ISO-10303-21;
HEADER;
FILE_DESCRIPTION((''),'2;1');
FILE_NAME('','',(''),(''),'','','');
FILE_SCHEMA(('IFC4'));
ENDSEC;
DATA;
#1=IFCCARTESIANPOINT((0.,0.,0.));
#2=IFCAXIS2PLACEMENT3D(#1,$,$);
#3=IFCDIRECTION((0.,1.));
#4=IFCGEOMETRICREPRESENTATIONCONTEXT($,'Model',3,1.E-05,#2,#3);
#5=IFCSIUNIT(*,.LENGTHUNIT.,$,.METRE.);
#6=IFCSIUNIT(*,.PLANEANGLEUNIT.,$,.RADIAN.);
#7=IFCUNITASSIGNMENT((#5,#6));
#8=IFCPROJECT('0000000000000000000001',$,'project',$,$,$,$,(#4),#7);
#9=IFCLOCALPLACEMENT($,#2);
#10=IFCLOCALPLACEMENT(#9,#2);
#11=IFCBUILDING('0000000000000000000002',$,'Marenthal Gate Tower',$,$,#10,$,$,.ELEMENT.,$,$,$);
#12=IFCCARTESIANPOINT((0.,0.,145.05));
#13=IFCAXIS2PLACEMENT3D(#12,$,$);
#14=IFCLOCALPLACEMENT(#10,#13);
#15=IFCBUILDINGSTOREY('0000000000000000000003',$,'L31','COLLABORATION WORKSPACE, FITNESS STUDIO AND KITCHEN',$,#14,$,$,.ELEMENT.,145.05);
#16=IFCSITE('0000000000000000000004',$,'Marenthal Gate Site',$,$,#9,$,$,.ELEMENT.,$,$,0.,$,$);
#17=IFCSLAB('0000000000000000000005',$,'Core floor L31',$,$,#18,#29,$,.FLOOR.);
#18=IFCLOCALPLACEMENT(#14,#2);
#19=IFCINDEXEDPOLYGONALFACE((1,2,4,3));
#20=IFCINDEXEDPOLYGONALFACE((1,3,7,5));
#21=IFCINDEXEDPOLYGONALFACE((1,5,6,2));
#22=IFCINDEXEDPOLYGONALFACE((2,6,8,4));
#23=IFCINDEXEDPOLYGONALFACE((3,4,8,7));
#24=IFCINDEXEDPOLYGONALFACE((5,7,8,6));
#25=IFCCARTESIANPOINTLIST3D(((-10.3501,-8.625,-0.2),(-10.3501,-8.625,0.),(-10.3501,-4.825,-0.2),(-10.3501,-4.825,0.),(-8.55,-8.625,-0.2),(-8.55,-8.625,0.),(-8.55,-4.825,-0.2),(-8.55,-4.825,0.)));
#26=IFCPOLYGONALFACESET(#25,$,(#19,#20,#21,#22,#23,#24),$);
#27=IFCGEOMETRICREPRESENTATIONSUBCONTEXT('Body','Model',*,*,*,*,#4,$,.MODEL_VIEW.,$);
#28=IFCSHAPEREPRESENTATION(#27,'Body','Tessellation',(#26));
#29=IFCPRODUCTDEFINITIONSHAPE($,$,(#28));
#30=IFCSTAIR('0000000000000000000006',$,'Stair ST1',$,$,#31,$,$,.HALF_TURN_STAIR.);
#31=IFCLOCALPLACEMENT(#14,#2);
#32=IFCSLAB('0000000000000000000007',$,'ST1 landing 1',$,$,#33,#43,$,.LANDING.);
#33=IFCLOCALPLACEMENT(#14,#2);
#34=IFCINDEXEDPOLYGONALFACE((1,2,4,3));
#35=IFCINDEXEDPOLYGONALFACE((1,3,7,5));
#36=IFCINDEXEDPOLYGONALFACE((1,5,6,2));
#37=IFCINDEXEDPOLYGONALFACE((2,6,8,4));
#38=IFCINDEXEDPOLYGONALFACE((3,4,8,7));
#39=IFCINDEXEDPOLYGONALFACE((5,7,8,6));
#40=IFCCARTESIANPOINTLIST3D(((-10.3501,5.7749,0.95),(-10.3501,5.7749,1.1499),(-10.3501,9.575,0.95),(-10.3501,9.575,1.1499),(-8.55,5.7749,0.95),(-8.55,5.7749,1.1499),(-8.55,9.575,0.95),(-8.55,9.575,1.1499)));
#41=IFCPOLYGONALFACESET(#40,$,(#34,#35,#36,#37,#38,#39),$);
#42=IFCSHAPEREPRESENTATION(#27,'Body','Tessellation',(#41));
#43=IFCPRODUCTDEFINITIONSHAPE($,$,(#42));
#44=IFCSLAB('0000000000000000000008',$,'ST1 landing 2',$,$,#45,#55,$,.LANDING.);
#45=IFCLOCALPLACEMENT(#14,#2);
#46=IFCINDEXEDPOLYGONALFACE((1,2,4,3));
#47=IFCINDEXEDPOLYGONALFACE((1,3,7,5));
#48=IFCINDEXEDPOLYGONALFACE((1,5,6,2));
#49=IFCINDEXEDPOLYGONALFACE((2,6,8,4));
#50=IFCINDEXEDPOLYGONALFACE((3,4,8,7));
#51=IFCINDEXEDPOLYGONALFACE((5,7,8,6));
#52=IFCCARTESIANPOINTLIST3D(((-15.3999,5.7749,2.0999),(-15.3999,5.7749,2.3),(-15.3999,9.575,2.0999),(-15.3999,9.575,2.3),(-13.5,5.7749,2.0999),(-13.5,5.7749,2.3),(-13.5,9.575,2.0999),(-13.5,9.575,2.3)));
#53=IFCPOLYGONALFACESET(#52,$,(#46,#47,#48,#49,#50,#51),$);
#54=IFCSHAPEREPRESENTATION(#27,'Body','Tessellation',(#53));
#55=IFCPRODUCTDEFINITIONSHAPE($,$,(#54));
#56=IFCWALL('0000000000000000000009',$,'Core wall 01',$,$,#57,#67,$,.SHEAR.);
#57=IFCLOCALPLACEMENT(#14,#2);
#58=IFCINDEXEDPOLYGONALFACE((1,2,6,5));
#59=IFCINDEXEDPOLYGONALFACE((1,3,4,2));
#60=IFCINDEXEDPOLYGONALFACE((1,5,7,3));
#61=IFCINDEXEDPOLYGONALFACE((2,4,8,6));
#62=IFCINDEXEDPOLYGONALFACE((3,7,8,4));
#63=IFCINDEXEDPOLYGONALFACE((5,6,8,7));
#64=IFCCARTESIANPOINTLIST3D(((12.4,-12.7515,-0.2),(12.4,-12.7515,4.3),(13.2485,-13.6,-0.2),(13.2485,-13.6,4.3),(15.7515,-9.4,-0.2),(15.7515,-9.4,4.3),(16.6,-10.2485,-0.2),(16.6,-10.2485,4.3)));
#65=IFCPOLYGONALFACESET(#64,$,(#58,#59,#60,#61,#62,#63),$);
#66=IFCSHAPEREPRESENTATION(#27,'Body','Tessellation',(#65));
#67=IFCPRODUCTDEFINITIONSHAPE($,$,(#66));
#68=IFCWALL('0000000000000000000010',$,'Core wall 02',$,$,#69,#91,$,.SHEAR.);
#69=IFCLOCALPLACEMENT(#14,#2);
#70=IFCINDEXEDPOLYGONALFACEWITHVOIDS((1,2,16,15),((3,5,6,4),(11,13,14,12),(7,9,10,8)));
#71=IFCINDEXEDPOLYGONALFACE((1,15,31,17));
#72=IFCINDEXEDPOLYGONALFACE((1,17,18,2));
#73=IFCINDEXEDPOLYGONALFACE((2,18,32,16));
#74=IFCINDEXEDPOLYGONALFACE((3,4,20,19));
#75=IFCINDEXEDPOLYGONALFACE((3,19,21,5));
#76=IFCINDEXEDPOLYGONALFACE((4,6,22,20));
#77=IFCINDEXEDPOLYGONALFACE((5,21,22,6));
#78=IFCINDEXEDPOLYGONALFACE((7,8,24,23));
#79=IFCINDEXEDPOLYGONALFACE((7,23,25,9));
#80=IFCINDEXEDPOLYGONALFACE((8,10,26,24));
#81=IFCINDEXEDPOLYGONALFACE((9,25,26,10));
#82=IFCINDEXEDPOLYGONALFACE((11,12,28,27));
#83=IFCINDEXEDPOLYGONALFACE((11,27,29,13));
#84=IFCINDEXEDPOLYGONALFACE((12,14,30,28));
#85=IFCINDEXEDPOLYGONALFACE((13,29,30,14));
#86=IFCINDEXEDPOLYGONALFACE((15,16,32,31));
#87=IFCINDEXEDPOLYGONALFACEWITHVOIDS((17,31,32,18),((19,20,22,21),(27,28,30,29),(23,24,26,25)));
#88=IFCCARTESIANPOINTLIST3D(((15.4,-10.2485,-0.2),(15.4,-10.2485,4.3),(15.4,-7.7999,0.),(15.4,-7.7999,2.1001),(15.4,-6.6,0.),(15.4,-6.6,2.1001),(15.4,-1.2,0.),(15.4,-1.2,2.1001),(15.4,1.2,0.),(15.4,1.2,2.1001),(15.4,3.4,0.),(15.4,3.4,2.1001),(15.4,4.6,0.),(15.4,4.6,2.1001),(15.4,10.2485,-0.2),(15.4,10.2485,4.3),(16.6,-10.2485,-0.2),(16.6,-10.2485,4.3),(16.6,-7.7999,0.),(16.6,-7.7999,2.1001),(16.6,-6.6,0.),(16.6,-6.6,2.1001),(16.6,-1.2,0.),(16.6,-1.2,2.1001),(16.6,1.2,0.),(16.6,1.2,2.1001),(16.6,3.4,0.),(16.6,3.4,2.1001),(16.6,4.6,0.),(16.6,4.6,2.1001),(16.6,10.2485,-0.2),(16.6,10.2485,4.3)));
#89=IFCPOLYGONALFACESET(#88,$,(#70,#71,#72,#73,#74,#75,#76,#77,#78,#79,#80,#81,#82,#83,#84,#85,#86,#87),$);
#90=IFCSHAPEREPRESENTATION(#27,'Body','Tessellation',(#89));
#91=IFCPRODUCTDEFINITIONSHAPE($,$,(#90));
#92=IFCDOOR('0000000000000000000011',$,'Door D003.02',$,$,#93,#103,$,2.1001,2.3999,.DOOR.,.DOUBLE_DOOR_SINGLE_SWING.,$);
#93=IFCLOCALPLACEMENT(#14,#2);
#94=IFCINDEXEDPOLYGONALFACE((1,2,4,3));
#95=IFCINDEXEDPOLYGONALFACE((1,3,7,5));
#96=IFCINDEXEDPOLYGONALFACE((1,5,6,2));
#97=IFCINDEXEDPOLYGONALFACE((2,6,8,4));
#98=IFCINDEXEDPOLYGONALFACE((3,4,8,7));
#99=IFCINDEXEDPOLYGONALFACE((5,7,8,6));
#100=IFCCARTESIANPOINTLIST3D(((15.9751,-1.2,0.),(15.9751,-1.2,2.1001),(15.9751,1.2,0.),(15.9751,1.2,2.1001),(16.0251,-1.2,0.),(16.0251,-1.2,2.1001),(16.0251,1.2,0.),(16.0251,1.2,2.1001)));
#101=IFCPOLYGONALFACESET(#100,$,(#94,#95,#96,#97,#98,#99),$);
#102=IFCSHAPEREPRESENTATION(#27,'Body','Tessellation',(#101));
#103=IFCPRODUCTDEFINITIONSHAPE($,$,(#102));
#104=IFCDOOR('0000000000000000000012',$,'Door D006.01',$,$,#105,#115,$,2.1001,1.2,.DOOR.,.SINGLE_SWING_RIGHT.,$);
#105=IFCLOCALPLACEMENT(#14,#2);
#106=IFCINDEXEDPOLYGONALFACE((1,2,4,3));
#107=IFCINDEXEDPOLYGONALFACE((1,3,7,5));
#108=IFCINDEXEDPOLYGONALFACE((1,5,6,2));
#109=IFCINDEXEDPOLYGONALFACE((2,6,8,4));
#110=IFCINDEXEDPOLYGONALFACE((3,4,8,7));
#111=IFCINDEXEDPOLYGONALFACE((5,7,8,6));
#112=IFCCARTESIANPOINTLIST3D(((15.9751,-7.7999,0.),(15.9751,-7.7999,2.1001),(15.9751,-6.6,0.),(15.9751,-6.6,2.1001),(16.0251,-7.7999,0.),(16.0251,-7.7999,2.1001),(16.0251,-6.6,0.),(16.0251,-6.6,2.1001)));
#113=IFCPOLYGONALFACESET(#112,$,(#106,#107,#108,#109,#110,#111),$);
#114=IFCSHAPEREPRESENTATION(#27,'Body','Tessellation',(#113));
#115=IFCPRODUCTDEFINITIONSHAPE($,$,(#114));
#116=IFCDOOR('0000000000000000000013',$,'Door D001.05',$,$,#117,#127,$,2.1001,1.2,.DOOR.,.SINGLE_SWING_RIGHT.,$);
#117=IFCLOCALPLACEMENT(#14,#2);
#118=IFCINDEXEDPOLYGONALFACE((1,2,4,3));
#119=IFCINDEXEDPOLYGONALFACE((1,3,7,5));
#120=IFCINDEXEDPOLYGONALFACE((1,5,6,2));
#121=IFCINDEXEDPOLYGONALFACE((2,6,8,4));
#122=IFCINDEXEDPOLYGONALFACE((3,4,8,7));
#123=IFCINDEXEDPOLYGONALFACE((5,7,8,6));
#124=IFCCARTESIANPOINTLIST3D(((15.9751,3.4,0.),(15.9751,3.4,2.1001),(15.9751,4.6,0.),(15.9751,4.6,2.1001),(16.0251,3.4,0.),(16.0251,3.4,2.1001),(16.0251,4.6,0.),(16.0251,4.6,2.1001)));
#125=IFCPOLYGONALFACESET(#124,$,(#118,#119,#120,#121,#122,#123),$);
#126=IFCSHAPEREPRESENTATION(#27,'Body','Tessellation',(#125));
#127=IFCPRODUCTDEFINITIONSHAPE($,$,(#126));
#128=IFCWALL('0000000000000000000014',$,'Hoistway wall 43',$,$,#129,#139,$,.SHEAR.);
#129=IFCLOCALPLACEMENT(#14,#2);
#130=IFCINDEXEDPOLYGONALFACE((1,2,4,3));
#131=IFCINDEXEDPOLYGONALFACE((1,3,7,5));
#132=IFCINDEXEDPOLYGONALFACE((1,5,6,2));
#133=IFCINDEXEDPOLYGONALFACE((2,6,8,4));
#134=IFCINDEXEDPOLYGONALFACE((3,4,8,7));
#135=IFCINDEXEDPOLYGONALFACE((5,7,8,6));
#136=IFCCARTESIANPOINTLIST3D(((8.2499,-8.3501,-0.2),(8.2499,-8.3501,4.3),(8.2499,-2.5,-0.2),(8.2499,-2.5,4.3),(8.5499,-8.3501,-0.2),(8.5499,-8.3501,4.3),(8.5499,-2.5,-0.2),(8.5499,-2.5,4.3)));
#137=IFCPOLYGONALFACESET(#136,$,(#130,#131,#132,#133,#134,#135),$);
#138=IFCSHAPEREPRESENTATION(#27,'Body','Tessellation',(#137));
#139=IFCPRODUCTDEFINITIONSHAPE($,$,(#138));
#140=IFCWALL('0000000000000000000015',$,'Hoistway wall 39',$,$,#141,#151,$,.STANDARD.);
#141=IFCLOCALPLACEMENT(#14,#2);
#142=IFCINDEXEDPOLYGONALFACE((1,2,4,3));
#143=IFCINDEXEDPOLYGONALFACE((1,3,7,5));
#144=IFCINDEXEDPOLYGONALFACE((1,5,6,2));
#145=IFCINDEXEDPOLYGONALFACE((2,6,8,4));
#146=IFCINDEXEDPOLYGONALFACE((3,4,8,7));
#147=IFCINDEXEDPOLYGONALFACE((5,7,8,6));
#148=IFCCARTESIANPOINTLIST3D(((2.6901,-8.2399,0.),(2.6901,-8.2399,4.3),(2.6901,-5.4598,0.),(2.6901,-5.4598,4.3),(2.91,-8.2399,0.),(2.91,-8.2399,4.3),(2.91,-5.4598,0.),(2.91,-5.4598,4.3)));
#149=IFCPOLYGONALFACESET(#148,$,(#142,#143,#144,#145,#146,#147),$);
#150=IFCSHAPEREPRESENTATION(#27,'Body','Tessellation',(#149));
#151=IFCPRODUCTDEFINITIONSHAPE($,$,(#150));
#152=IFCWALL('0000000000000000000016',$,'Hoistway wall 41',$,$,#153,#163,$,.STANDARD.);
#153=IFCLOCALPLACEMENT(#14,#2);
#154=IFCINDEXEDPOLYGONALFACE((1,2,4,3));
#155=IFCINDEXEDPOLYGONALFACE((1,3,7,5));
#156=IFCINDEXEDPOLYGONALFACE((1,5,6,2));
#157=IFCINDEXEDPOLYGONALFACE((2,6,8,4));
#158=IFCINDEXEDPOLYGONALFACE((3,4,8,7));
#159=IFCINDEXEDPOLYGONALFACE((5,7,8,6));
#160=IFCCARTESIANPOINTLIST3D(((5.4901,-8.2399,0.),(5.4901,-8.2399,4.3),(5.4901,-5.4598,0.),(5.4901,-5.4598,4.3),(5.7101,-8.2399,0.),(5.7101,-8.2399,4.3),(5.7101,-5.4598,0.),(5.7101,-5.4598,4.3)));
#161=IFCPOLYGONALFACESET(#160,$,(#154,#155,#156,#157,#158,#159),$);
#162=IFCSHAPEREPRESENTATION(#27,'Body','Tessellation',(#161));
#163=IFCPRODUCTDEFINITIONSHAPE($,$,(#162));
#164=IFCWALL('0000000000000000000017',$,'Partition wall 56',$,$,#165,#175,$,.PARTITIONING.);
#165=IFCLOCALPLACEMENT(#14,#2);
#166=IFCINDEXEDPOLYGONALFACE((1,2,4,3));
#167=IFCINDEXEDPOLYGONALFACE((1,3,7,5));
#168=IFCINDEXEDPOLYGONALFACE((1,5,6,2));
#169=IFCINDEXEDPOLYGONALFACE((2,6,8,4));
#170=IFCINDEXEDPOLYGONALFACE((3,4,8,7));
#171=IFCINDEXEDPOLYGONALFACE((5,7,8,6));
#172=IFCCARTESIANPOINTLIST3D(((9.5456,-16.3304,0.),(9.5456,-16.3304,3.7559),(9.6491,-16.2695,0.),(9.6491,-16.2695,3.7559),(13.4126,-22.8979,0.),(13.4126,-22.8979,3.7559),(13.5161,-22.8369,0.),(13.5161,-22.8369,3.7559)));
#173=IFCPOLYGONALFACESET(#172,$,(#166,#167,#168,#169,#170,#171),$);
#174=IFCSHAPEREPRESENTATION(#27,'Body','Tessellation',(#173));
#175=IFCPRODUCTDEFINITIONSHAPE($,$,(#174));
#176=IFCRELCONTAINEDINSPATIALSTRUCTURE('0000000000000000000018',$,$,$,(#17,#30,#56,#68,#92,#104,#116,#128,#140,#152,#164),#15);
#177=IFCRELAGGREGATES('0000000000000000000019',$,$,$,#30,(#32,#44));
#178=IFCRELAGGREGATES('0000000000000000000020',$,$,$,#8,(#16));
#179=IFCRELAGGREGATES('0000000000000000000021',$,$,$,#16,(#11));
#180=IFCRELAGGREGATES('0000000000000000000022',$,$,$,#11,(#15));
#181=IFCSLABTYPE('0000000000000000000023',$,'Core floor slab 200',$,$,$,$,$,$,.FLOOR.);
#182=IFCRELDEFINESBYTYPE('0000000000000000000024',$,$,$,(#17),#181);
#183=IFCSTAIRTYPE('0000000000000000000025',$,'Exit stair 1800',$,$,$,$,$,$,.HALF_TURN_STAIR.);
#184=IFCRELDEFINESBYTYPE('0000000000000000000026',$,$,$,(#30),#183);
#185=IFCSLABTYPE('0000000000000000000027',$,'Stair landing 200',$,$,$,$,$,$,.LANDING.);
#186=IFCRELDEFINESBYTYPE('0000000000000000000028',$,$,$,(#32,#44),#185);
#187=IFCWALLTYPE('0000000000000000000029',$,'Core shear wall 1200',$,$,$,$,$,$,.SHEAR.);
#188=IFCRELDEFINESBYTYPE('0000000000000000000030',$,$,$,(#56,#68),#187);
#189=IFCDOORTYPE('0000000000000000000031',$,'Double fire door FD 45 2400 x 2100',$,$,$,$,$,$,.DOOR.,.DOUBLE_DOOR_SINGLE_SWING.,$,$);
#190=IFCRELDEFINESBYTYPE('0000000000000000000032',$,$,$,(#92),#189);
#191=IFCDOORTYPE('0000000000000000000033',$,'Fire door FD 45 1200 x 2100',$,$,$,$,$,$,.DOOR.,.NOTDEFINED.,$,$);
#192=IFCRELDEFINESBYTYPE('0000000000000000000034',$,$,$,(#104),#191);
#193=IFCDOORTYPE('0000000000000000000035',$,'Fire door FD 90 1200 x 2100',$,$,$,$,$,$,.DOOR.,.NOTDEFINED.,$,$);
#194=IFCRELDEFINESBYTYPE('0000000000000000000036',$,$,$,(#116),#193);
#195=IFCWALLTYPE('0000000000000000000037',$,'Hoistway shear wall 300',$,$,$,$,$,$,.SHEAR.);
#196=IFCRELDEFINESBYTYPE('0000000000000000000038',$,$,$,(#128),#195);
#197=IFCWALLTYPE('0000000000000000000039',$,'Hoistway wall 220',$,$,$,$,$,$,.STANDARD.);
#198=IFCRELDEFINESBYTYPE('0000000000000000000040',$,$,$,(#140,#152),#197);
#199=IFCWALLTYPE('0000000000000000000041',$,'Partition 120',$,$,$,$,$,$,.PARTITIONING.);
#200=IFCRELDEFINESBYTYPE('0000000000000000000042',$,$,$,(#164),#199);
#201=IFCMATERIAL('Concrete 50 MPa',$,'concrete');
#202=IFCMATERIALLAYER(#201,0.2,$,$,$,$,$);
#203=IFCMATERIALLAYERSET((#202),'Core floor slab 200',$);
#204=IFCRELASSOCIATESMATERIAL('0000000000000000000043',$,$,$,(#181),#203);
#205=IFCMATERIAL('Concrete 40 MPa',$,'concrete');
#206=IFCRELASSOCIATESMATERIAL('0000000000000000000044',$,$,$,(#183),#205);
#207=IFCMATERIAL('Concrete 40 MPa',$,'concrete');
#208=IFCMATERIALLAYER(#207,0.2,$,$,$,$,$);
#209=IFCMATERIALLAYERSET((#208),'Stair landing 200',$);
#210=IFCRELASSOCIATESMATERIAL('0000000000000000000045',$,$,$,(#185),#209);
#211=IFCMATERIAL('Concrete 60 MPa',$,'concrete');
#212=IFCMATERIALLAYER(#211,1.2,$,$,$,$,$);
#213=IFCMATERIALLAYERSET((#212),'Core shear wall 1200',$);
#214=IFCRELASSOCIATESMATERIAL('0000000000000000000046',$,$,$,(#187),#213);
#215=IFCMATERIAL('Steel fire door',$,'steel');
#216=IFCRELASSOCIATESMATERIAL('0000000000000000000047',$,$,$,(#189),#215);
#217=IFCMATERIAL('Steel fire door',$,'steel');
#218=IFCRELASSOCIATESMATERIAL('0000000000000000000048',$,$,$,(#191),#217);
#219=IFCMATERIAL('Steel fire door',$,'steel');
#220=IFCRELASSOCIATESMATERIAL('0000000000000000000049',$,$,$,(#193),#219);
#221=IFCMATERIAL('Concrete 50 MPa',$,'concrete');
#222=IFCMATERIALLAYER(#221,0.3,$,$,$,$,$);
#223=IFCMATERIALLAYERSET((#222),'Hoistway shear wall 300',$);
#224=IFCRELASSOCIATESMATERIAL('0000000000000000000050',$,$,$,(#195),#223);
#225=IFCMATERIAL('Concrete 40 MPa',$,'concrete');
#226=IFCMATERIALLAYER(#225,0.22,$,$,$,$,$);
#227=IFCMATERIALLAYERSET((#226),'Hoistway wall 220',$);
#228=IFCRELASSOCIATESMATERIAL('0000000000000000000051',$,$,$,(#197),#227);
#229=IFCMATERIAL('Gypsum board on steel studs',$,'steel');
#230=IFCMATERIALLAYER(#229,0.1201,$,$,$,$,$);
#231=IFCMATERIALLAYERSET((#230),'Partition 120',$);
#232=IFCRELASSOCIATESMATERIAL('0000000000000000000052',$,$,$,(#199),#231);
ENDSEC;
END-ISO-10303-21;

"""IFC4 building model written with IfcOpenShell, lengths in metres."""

from ifc_helpers import new_model, si_unit, direction, frame, frame_2d, origin, place, context, subcontext, project, spatial, polyline, rectangle, outline, extrude, material, layer, layer_set, type_object, element, fill, aggregate, save


model = new_model("IFC4")

# Units and contexts
model_context = context("Model", 3, precision=1e-05, world=origin(), true_north=direction((0.0, 1.0)))
body_context = subcontext(model_context, "Body", "Model", "MODEL_VIEW")
ifc_project = project(units=[si_unit("LENGTHUNIT", "METRE"), si_unit("PLANEANGLEUNIT", "RADIAN")], contexts=[model_context])

# Site, building, storey
site_placement = place(None, origin())
site = spatial("IfcSite", under=ifc_project, at=site_placement, Name="Marenthal Gate Site", CompositionType="ELEMENT", RefElevation=0.0)
building_placement = place(site_placement, origin())
building = spatial("IfcBuilding", under=site, at=building_placement, Name="Marenthal Gate Tower", CompositionType="ELEMENT")
storey_placement = place(building_placement, frame((0.0, 0.0, 145.05)))
storey = spatial("IfcBuildingStorey", under=building, at=storey_placement, Name="L31", Description="COLLABORATION WORKSPACE, FITNESS STUDIO AND KITCHEN", CompositionType="ELEMENT", Elevation=145.05)

# Slab
ifc_material_1 = material(Name="Concrete 50 MPa", Category="concrete")
ifc_layer_1 = layer(ifc_material_1, 0.2)
ifc_layer_set_1 = layer_set([ifc_layer_1], Name="Core floor slab 200")
slab_type_1 = type_object("IfcSlabType", Name="Core floor slab 200", PredefinedType="FLOOR", material=ifc_layer_set_1)
slab_1_placement = place(storey_placement, frame((0.0, 0.0, -0.2)))
element("IfcSlab", 1, at=slab_1_placement, inside=storey, type_object=slab_type_1, Name="Core floor L31", PredefinedType="FLOOR", context=body_context, shape_type="SweptSolid", body=[
    extrude(outline(polyline([(-8.55, -8.625), (-10.3501, -8.625), (-10.3501, -4.825), (-8.55, -4.825), (-8.55, -8.625)])), origin(), (0.0, 0.0, 1.0), 0.2),
])

# Stair, slabs
ifc_material_2 = material(Name="Concrete 40 MPa", Category="concrete")
stair_type = type_object("IfcStairType", Name="Exit stair 1800", PredefinedType="HALF_TURN_STAIR", material=ifc_material_2)
stair_placement = place(storey_placement, origin())
stair = element("IfcStair", 2, at=stair_placement, inside=storey, type_object=stair_type, Name="Stair ST1", PredefinedType="HALF_TURN_STAIR")
ifc_material_3 = material(Name="Concrete 40 MPa", Category="concrete")
ifc_layer_2 = layer(ifc_material_3, 0.2)
ifc_layer_set_2 = layer_set([ifc_layer_2], Name="Stair landing 200")
slab_type_2 = type_object("IfcSlabType", Name="Stair landing 200", PredefinedType="LANDING", material=ifc_layer_set_2)
slab_2_placement = place(storey_placement, frame((0.0, 0.0, 0.95)))
slab_2 = element("IfcSlab", 3, at=slab_2_placement, type_object=slab_type_2, Name="ST1 landing 1", PredefinedType="LANDING", context=body_context, shape_type="SweptSolid", body=[
    extrude(outline(polyline([(-10.3501, 5.7749), (-8.55, 5.7749), (-8.55, 9.575), (-10.3501, 9.575), (-10.3501, 5.7749)])), origin(), (0.0, 0.0, 1.0), 0.2),
])
slab_3_placement = place(storey_placement, frame((0.0, 0.0, 2.0999)))
slab_3 = element("IfcSlab", 4, at=slab_3_placement, type_object=slab_type_2, Name="ST1 landing 2", PredefinedType="LANDING", context=body_context, shape_type="SweptSolid", body=[
    extrude(outline(polyline([(-15.3999, 5.7749), (-13.5, 5.7749), (-13.5, 9.575), (-15.3999, 9.575), (-15.3999, 5.7749)])), origin(), (0.0, 0.0, 1.0), 0.2002),
])
aggregate(stair, [slab_2, slab_3])

# Wall
ifc_material_4 = material(Name="Concrete 60 MPa", Category="concrete")
ifc_layer_3 = layer(ifc_material_4, 1.2)
ifc_layer_set_3 = layer_set([ifc_layer_3], Name="Core shear wall 1200")
wall_type_1 = type_object("IfcWallType", Name="Core shear wall 1200", PredefinedType="SHEAR", material=ifc_layer_set_3)
wall_1_placement = place(storey_placement, frame((12.8242, -13.1758, -0.2), z_axis=(0.0, 0.0, 1.0), x_axis=(0.707107, 0.707107, 0.0)))
element("IfcWall", 5, at=wall_1_placement, inside=storey, type_object=wall_type_1, Name="Core wall 01", PredefinedType="SHEAR", context=body_context, shape_type="SweptSolid", body=[
    extrude(rectangle(XDim=4.7397, YDim=1.2, at=frame_2d((2.3699, 0.0))), origin(), (0.0, 0.0, 1.0), 4.5),
])

# Wall, openings, doors
wall_2_placement = place(storey_placement, frame((16.0, -10.2485, -0.2), z_axis=(0.0, 0.0, 1.0), x_axis=(0.0, 1.0, 0.0)))
wall_2 = element("IfcWall", 6, at=wall_2_placement, inside=storey, type_object=wall_type_1, Name="Core wall 02", PredefinedType="SHEAR", context=body_context, shape_type="SweptSolid", body=[
    extrude(rectangle(XDim=20.4971, YDim=1.2, at=frame_2d((10.2485, 0.0))), origin(), (0.0, 0.0, 1.0), 4.5),
])
opening_1_placement = place(wall_2_placement, frame((9.0486, 0.0, 0.2)))
opening_1 = element("IfcOpeningElement", 7, at=opening_1_placement, cuts=wall_2, PredefinedType="OPENING", context=body_context, shape_type="SweptSolid", body=[
    extrude(rectangle(XDim=2.3999, YDim=2.1001, at=frame_2d((1.2, 1.05))), frame((0.0, 0.6099, 0.0), z_axis=(0.0, -1.0, 0.0), x_axis=(1.0, 0.0, 0.0)), (0.0, 0.0, 1.0), 1.22),
])
opening_2_placement = place(wall_2_placement, frame((13.6484, 0.0, 0.2)))
opening_2 = element("IfcOpeningElement", 8, at=opening_2_placement, cuts=wall_2, PredefinedType="OPENING", context=body_context, shape_type="SweptSolid", body=[
    extrude(rectangle(XDim=1.2, YDim=2.1001, at=frame_2d((0.6001, 1.05))), frame((0.0, 0.6099, 0.0), z_axis=(0.0, -1.0, 0.0), x_axis=(1.0, 0.0, 0.0)), (0.0, 0.0, 1.0), 1.22),
])
opening_3_placement = place(wall_2_placement, frame((2.4485, 0.0, 0.2)))
opening_3 = element("IfcOpeningElement", 9, at=opening_3_placement, cuts=wall_2, PredefinedType="OPENING", context=body_context, shape_type="SweptSolid", body=[
    extrude(rectangle(XDim=1.2, YDim=2.1001, at=frame_2d((0.6001, 1.05))), frame((0.0, 0.6099, 0.0), z_axis=(0.0, -1.0, 0.0), x_axis=(1.0, 0.0, 0.0)), (0.0, 0.0, 1.0), 1.22),
])
ifc_material_5 = material(Name="Steel fire door", Category="steel")
door_type_1 = type_object("IfcDoorType", Name="Double fire door FD 45 2400 x 2100", OperationType="DOUBLE_DOOR_SINGLE_SWING", PredefinedType="DOOR", material=ifc_material_5)
door_1_placement = place(opening_1_placement, origin())
door_1 = element("IfcDoor", 10, at=door_1_placement, inside=storey, type_object=door_type_1, Name="Door D003.02", OperationType="DOUBLE_DOOR_SINGLE_SWING", OverallHeight=2.1001, OverallWidth=2.3999, PredefinedType="DOOR", context=body_context, shape_type="SweptSolid", body=[
    extrude(rectangle(XDim=2.3999, YDim=2.1001, at=frame_2d((1.2, 1.05))), frame((0.0, 0.0249, 0.0), z_axis=(0.0, -1.0, 0.0), x_axis=(1.0, 0.0, 0.0)), (0.0, 0.0, 1.0), 0.05),
])
fill(opening_1, door_1)
ifc_material_6 = material(Name="Steel fire door", Category="steel")
door_type_2 = type_object("IfcDoorType", Name="Fire door FD 45 1200 x 2100", OperationType="NOTDEFINED", PredefinedType="DOOR", material=ifc_material_6)
door_2_placement = place(opening_3_placement, origin())
door_2 = element("IfcDoor", 11, at=door_2_placement, inside=storey, type_object=door_type_2, Name="Door D006.01", OperationType="SINGLE_SWING_RIGHT", OverallHeight=2.1001, OverallWidth=1.2, PredefinedType="DOOR", context=body_context, shape_type="SweptSolid", body=[
    extrude(rectangle(XDim=1.2, YDim=2.1001, at=frame_2d((0.6001, 1.05))), frame((0.0, 0.0249, 0.0), z_axis=(0.0, -1.0, 0.0), x_axis=(1.0, 0.0, 0.0)), (0.0, 0.0, 1.0), 0.05),
])
fill(opening_3, door_2)
ifc_material_7 = material(Name="Steel fire door", Category="steel")
door_type_3 = type_object("IfcDoorType", Name="Fire door FD 90 1200 x 2100", OperationType="NOTDEFINED", PredefinedType="DOOR", material=ifc_material_7)
door_3_placement = place(opening_2_placement, origin())
door_3 = element("IfcDoor", 12, at=door_3_placement, inside=storey, type_object=door_type_3, Name="Door D001.05", OperationType="SINGLE_SWING_RIGHT", OverallHeight=2.1001, OverallWidth=1.2, PredefinedType="DOOR", context=body_context, shape_type="SweptSolid", body=[
    extrude(rectangle(XDim=1.2, YDim=2.1001, at=frame_2d((0.6001, 1.05))), frame((0.0, 0.0249, 0.0), z_axis=(0.0, -1.0, 0.0), x_axis=(1.0, 0.0, 0.0)), (0.0, 0.0, 1.0), 0.05),
])
fill(opening_2, door_3)

# Walls
ifc_material_8 = material(Name="Concrete 50 MPa", Category="concrete")
ifc_layer_4 = layer(ifc_material_8, 0.3)
ifc_layer_set_4 = layer_set([ifc_layer_4], Name="Hoistway shear wall 300")
wall_type_2 = type_object("IfcWallType", Name="Hoistway shear wall 300", PredefinedType="SHEAR", material=ifc_layer_set_4)
wall_3_placement = place(storey_placement, frame((8.3999, -8.3501, -0.2), z_axis=(0.0, 0.0, 1.0), x_axis=(0.0, 1.0, 0.0)))
element("IfcWall", 13, at=wall_3_placement, inside=storey, type_object=wall_type_2, Name="Hoistway wall 43", PredefinedType="SHEAR", context=body_context, shape_type="SweptSolid", body=[
    extrude(rectangle(XDim=5.8501, YDim=0.3, at=frame_2d((2.925, 0.0))), origin(), (0.0, 0.0, 1.0), 4.5),
])
ifc_material_9 = material(Name="Concrete 40 MPa", Category="concrete")
ifc_layer_5 = layer(ifc_material_9, 0.22)
ifc_layer_set_5 = layer_set([ifc_layer_5], Name="Hoistway wall 220")
wall_type_3 = type_object("IfcWallType", Name="Hoistway wall 220", PredefinedType="STANDARD", material=ifc_layer_set_5)
for number, where, z_axis, x_axis, name in (
    (14, (2.8, -8.24, 0.0), (0.0, 0.0, 1.0), (0.0, 1.0, 0.0), "Hoistway wall 39"),
    (15, (5.6001, -8.24, 0.0), (0.0, 0.0, 1.0), (0.0, 1.0, 0.0), "Hoistway wall 41"),
):
    element("IfcWall", number, at=place(storey_placement, frame(where, z_axis=z_axis, x_axis=x_axis)), inside=storey, type_object=wall_type_3, Name=name, PredefinedType="STANDARD", context=body_context, shape_type="SweptSolid", body=[
        extrude(rectangle(XDim=2.78, YDim=0.22, at=frame_2d((1.3901, 0.0))), origin(), (0.0, 0.0, 1.0), 4.3),
    ])
ifc_material_10 = material(Name="Gypsum board on steel studs", Category="steel")
ifc_layer_6 = layer(ifc_material_10, 0.1201)
ifc_layer_set_6 = layer_set([ifc_layer_6], Name="Partition 120")
wall_type_4 = type_object("IfcWallType", Name="Partition 120", PredefinedType="PARTITIONING", material=ifc_layer_set_6)
wall_4_placement = place(storey_placement, frame((9.5974, -16.3, 0.0), z_axis=(0.0, 0.0, 1.0), x_axis=(0.507388, -0.861718, 0.0)))
element("IfcWall", 16, at=wall_4_placement, inside=storey, type_object=wall_type_4, Name="Partition wall 56", PredefinedType="PARTITIONING", context=body_context, shape_type="SweptSolid", body=[
    extrude(rectangle(XDim=7.6213, YDim=0.1201, at=frame_2d((3.8105, 0.0))), origin(), (0.0, 0.0, 1.0), 3.7559),
])

save(model, "model.ifc")
